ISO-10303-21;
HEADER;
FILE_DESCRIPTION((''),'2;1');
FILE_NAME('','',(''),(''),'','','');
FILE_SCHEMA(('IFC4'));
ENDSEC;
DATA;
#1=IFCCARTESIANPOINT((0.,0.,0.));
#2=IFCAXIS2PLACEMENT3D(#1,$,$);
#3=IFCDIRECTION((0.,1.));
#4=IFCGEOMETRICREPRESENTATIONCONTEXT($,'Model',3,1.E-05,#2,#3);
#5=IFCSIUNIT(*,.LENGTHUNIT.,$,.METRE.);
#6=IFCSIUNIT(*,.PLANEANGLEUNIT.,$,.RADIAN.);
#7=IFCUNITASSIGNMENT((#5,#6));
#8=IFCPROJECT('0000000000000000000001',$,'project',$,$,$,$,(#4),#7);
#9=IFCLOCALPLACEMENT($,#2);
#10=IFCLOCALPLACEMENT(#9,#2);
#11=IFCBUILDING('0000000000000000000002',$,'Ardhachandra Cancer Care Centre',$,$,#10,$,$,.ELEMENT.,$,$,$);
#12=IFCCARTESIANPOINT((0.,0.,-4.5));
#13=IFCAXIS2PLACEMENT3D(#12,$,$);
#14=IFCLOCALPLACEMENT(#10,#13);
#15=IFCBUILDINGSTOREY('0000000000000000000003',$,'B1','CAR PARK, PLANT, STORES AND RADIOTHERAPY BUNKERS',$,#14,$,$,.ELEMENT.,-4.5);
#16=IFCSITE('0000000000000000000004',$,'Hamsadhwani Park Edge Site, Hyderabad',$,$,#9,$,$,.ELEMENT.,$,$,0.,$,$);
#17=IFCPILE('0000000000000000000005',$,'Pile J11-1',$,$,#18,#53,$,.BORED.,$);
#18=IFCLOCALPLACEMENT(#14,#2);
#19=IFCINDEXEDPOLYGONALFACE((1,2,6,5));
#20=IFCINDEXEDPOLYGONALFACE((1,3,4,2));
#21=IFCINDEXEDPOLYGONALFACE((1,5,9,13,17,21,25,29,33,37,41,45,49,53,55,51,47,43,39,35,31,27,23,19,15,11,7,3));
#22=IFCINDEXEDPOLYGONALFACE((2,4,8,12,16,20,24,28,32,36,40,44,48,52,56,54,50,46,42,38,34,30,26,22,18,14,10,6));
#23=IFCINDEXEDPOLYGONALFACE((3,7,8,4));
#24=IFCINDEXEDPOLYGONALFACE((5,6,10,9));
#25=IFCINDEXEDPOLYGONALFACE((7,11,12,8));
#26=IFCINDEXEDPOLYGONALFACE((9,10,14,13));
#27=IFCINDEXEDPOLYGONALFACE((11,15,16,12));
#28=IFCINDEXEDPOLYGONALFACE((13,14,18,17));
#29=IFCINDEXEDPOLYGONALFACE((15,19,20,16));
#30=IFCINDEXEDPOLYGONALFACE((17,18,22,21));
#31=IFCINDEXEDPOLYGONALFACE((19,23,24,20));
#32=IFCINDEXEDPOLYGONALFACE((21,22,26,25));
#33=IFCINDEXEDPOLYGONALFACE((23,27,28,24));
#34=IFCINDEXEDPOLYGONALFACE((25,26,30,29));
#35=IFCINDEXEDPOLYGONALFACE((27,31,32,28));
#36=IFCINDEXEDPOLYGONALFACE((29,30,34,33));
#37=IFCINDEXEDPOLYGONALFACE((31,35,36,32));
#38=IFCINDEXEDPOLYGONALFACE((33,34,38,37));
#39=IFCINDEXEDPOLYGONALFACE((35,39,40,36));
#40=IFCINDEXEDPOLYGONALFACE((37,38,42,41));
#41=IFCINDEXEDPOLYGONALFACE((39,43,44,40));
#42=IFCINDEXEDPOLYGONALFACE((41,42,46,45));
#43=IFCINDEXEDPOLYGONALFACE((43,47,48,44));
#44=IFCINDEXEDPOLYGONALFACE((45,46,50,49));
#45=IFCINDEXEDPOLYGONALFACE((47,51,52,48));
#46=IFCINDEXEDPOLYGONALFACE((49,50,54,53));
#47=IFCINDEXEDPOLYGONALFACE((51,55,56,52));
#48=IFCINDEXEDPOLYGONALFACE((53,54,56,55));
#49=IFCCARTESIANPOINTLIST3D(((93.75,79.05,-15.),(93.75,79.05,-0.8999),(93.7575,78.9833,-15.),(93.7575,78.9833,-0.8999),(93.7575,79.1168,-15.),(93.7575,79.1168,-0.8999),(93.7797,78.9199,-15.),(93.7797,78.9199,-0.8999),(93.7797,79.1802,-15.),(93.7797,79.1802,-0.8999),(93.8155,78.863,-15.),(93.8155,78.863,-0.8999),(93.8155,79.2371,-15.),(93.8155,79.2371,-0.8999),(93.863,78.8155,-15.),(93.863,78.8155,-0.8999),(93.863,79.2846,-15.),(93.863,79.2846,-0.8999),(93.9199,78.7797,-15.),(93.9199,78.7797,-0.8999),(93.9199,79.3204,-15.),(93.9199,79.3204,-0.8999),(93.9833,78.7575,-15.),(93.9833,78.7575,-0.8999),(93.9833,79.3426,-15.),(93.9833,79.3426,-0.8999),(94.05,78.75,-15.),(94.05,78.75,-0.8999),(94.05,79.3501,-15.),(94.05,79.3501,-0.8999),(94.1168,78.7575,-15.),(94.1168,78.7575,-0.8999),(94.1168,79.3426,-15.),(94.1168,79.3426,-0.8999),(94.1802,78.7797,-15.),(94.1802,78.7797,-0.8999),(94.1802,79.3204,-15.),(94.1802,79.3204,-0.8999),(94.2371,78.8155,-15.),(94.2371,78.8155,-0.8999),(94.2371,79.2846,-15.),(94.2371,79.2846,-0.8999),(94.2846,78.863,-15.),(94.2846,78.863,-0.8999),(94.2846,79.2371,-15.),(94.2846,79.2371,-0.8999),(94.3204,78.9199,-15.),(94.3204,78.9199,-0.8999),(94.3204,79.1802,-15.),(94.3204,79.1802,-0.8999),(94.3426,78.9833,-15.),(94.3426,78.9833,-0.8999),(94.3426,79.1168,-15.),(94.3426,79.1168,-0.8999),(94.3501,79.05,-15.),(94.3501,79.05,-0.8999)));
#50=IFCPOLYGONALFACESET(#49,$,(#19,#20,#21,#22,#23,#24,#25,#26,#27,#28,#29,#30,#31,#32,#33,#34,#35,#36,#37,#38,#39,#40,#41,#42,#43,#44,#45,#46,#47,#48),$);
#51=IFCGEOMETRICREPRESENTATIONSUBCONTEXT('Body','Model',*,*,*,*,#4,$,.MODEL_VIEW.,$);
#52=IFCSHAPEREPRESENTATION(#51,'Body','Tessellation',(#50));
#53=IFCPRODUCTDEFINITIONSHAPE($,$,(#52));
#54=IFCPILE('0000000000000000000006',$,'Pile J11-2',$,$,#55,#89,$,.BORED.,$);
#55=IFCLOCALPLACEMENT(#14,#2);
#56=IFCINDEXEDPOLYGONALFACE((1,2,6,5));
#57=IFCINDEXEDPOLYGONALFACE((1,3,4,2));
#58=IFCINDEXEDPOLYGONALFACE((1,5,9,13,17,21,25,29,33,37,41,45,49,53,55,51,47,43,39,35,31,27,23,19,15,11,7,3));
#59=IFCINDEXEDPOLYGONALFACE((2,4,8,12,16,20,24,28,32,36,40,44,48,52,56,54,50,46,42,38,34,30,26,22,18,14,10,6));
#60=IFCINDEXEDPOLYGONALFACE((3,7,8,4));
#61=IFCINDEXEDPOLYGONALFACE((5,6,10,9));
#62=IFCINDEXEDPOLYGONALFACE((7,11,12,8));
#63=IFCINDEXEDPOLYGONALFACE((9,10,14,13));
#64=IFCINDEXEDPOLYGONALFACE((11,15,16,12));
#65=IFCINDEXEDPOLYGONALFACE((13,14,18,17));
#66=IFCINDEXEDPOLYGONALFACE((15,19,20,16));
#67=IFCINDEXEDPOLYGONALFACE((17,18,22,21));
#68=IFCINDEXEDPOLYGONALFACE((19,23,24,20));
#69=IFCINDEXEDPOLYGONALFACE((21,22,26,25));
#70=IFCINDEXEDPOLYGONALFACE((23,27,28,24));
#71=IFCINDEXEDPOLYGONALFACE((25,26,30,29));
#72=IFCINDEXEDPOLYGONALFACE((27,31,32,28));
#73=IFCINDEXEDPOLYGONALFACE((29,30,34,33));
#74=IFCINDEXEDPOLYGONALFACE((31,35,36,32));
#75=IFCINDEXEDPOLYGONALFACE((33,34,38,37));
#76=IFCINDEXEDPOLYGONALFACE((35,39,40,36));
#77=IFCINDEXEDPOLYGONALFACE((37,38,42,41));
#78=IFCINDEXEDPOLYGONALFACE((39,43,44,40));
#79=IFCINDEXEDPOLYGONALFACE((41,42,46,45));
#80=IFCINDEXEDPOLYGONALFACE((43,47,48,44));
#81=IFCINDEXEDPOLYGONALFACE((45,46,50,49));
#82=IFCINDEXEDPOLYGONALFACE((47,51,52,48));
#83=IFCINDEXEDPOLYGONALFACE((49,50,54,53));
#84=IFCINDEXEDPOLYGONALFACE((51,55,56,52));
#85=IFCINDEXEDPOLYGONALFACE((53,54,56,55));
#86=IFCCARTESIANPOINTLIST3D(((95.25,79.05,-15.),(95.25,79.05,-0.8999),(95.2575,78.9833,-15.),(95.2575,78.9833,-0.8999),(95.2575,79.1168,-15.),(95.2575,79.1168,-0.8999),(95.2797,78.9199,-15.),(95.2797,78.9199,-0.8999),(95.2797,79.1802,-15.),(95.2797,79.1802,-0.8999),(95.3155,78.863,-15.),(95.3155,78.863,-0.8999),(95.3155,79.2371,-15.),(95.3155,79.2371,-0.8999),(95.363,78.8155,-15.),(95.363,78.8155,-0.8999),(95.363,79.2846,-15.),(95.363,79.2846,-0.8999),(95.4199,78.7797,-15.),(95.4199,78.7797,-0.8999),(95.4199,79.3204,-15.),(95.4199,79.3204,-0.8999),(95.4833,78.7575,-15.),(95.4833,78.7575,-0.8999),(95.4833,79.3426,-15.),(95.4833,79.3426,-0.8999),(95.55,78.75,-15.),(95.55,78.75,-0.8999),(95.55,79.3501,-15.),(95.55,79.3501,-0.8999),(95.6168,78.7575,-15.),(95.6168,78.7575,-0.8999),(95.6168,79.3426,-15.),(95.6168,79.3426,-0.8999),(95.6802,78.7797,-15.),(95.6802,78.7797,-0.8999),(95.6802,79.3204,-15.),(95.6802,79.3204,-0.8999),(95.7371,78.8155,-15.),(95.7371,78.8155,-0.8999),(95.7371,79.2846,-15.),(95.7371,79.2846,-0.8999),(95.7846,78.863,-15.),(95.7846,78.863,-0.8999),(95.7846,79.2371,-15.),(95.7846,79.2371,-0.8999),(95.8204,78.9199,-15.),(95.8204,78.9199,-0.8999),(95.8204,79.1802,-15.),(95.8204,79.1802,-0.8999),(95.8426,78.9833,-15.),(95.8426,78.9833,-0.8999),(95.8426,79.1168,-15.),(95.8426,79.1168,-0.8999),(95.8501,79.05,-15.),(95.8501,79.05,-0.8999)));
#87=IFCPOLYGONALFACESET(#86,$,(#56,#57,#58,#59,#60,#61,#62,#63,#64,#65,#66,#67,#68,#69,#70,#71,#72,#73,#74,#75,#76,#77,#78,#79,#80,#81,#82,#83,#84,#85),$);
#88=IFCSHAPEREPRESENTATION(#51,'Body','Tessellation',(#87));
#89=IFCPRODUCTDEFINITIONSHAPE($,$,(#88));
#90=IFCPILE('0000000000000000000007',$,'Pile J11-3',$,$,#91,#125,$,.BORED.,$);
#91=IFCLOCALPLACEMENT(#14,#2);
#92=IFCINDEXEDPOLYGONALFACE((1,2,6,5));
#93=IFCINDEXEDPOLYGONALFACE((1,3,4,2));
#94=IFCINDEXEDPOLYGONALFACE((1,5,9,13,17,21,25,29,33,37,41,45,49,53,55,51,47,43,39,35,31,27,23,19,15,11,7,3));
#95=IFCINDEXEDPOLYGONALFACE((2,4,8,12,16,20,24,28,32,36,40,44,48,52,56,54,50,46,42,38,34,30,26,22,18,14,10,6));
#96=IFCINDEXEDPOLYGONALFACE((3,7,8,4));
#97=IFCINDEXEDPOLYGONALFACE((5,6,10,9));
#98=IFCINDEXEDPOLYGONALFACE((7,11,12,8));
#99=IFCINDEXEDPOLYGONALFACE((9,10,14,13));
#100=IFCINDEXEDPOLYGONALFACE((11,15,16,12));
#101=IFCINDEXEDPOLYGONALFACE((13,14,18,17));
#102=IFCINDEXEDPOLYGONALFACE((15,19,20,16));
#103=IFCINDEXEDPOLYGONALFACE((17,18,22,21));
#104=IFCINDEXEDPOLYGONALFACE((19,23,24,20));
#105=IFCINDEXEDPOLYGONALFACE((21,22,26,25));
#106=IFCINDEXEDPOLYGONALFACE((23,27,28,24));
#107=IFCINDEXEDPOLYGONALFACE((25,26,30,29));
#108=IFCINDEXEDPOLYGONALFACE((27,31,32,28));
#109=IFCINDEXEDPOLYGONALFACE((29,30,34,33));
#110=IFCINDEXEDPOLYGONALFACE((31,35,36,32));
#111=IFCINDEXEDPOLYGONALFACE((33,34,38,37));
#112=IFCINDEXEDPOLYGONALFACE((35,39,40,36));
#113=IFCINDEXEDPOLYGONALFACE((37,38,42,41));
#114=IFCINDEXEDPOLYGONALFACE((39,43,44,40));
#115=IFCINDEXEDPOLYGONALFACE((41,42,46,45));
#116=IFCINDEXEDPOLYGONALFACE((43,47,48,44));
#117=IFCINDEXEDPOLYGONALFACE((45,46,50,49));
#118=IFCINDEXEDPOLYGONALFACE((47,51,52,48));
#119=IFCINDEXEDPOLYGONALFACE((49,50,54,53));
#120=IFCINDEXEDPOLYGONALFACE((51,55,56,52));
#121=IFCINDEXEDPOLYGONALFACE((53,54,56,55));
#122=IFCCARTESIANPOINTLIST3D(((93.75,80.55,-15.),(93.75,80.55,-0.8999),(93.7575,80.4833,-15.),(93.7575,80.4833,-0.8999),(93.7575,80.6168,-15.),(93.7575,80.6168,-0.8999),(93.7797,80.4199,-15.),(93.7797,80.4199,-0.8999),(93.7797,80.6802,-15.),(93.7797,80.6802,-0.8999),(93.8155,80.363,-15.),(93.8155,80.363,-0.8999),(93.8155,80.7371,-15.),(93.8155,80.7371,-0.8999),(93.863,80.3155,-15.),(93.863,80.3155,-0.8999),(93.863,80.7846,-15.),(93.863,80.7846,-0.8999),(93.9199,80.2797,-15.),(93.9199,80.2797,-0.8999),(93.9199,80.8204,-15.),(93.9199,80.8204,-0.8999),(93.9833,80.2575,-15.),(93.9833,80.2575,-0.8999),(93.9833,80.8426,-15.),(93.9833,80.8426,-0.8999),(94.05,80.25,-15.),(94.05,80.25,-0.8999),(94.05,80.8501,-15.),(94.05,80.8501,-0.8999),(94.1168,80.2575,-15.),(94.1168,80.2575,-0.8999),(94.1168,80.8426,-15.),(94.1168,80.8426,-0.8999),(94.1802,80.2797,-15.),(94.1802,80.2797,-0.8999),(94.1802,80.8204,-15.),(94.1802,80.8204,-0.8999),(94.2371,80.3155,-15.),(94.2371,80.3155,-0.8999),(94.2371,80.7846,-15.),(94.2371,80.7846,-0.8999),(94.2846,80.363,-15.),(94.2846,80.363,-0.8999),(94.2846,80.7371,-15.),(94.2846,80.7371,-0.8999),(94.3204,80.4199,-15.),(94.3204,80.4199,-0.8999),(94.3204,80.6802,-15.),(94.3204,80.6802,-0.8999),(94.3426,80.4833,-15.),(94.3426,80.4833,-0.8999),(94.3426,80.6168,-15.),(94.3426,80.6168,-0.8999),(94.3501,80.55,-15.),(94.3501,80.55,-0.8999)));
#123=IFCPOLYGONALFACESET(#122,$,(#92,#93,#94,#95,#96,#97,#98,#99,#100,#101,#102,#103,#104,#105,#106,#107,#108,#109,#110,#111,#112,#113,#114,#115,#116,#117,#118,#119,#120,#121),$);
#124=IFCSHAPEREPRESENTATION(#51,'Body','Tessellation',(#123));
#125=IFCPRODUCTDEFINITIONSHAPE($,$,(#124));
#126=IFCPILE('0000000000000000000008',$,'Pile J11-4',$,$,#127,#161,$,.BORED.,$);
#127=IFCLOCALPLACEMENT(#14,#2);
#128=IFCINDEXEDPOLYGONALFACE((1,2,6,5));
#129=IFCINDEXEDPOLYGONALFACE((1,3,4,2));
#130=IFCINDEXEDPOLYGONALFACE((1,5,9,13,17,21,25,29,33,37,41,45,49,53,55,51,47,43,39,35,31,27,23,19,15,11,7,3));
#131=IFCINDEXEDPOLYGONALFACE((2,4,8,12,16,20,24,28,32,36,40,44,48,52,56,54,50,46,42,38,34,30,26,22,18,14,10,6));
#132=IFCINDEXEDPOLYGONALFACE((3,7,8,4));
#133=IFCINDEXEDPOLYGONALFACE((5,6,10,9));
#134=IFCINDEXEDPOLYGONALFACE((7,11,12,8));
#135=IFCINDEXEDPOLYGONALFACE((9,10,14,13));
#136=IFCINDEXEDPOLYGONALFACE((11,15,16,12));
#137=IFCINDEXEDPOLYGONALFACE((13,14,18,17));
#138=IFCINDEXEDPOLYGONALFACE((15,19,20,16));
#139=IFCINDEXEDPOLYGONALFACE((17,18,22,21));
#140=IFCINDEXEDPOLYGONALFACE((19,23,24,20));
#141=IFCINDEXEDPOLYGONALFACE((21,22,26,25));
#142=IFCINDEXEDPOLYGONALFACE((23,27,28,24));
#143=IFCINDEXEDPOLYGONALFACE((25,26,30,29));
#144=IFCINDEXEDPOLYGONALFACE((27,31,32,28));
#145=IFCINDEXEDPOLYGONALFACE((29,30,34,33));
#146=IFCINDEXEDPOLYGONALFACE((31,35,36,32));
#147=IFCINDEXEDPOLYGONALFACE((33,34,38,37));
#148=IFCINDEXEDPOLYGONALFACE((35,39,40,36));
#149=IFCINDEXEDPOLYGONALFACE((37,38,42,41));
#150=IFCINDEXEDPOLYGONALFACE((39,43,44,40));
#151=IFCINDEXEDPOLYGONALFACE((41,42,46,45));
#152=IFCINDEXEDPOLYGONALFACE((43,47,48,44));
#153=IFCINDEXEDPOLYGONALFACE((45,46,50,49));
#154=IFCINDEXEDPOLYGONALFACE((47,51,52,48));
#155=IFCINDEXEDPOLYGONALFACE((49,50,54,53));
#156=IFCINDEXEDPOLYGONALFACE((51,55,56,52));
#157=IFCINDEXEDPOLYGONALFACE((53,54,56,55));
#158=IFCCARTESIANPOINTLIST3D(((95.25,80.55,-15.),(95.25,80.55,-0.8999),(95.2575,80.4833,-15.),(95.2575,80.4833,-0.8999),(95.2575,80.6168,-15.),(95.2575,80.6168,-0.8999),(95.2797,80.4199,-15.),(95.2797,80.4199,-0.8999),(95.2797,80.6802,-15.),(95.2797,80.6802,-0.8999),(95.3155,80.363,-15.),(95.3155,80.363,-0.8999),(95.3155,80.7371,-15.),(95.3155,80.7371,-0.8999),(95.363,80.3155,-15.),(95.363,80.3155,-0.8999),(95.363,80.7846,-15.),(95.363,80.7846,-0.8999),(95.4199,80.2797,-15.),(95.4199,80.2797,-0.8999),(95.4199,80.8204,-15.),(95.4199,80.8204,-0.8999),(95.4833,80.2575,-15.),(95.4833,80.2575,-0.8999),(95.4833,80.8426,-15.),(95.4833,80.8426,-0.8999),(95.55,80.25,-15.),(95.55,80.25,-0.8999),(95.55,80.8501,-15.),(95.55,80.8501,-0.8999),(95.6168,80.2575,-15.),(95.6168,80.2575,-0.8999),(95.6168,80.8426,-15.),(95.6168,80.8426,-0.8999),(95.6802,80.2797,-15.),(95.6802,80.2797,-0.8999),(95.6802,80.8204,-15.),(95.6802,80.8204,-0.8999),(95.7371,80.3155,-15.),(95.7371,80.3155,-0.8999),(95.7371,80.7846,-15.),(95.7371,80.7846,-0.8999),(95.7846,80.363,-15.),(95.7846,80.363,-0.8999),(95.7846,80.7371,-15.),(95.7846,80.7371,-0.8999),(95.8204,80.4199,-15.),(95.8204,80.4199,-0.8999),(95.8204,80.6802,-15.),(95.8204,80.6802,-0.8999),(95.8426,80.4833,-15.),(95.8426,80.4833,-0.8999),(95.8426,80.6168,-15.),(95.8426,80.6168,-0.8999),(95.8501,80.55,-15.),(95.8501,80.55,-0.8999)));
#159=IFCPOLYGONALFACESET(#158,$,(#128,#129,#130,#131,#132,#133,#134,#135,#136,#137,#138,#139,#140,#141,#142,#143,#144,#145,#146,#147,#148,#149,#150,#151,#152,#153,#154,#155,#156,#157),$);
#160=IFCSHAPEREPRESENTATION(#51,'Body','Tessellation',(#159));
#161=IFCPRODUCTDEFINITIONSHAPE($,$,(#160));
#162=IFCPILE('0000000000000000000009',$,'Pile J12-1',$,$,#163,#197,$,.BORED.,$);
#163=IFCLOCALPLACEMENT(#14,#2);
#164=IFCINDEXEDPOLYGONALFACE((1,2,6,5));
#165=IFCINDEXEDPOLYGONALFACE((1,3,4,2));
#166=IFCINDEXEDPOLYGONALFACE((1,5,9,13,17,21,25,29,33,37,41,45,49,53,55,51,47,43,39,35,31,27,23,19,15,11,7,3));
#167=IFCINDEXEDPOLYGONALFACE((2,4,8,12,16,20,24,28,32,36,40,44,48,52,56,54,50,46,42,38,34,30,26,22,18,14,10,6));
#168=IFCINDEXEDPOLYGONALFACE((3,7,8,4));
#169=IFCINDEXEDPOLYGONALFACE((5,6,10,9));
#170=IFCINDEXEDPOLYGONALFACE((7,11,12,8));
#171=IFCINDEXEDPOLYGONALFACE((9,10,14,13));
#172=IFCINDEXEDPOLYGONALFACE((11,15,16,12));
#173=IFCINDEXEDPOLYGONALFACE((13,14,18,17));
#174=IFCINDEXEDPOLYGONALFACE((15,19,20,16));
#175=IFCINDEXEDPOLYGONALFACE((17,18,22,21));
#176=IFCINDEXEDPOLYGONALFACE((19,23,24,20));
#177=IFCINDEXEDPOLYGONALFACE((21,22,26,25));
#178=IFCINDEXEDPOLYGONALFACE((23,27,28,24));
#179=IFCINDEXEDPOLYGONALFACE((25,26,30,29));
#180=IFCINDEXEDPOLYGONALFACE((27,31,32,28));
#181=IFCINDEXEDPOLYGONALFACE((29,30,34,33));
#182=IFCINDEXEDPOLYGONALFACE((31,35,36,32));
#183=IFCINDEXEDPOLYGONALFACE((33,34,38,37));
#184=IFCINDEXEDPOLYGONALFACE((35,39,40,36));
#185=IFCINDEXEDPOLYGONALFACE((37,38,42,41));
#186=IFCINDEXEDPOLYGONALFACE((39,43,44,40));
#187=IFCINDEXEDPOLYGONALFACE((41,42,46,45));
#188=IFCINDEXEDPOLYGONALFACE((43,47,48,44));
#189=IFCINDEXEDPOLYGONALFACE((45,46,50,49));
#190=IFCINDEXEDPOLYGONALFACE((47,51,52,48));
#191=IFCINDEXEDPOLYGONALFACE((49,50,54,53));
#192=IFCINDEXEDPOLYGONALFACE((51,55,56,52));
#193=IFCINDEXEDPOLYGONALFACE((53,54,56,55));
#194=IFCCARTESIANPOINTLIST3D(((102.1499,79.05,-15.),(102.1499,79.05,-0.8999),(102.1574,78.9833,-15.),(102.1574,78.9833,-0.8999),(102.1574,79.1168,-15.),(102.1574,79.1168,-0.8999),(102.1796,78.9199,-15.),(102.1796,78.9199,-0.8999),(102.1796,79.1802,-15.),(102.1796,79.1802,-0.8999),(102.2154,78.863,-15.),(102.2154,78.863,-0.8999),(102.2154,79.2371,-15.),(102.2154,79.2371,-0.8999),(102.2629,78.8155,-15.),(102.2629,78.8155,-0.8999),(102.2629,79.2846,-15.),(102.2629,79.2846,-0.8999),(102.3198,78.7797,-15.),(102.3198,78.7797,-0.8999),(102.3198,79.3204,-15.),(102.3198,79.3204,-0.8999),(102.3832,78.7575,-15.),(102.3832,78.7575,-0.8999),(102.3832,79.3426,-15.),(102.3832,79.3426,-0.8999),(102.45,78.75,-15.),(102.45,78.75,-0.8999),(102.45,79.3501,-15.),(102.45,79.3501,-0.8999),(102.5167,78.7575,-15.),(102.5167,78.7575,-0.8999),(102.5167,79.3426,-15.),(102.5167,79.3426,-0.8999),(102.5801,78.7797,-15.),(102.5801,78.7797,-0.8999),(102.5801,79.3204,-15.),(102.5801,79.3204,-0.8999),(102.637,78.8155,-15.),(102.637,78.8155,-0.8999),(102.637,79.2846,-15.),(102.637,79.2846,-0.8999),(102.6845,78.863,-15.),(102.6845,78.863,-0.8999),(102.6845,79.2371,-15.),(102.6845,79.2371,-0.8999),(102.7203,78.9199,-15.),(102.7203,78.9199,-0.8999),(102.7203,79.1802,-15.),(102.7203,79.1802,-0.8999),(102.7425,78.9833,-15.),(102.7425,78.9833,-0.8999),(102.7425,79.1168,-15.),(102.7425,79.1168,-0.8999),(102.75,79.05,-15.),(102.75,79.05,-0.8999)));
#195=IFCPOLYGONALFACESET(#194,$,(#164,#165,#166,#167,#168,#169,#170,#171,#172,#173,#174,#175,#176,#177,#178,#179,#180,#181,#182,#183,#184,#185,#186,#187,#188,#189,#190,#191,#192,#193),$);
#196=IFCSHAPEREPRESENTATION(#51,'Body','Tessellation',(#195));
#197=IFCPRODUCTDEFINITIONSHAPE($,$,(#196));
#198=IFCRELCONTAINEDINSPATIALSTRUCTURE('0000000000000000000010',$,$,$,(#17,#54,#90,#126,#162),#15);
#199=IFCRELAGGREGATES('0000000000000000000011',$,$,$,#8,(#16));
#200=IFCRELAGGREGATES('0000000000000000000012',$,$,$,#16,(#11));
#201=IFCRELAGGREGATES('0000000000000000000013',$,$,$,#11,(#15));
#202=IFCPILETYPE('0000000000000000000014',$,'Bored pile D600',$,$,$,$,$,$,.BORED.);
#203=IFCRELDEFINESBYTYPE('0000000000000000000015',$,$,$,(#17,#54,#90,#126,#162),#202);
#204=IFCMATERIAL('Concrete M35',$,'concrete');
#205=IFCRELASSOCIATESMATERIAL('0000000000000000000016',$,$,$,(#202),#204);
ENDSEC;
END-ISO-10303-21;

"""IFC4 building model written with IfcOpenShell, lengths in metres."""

from ifc_helpers import new_model, si_unit, direction, frame, origin, origin_2d, place, context, subcontext, project, spatial, circle, extrude, material, material_profile, profile_set, type_object, element, save


model = new_model("IFC4")

# Units and contexts
model_context = context("Model", 3, precision=1e-05, world=origin(), true_north=direction((0.0, 1.0)))
body_context = subcontext(model_context, "Body", "Model", "MODEL_VIEW")
ifc_project = project(units=[si_unit("LENGTHUNIT", "METRE"), si_unit("PLANEANGLEUNIT", "RADIAN")], contexts=[model_context])

# Site, building, storey
site_placement = place(None, origin())
site = spatial("IfcSite", under=ifc_project, at=site_placement, Name="Hamsadhwani Park Edge Site, Hyderabad", CompositionType="ELEMENT", RefElevation=0.0)
building_placement = place(site_placement, origin())
building = spatial("IfcBuilding", under=site, at=building_placement, Name="Ardhachandra Cancer Care Centre", CompositionType="ELEMENT")
storey_placement = place(building_placement, frame((0.0, 0.0, -4.5)))
storey = spatial("IfcBuildingStorey", under=building, at=storey_placement, Name="B1", Description="CAR PARK, PLANT, STORES AND RADIOTHERAPY BUNKERS", CompositionType="ELEMENT", Elevation=-4.5)

# Piles
ifc_material_1 = material(Name="Concrete M35", Category="concrete")
ifc_material_profile_1 = material_profile(ifc_material_1, circle(Radius=0.3, at=origin_2d()), Name="D600")
ifc_profile_set_1 = profile_set([ifc_material_profile_1], Name="Concrete M35")
pile_type = type_object("IfcPileType", Name="Bored pile D600", PredefinedType="BORED", material=ifc_profile_set_1)
for number, where, z_axis, x_axis, name in (
    (1, (94.05, 79.05, -0.8999), (0.0, 0.0, -1.0), (1.0, 0.0, 0.0), "Pile J11-1"),
    (2, (95.55, 79.05, -0.8999), (0.0, 0.0, -1.0), (1.0, 0.0, 0.0), "Pile J11-2"),
    (3, (94.05, 80.55, -0.8999), (0.0, 0.0, -1.0), (1.0, 0.0, 0.0), "Pile J11-3"),
    (4, (95.55, 80.55, -0.8999), (0.0, 0.0, -1.0), (1.0, 0.0, 0.0), "Pile J11-4"),
    (5, (102.45, 79.05, -0.8999), (0.0, 0.0, -1.0), (1.0, 0.0, 0.0), "Pile J12-1"),
):
    element("IfcPile", number, at=place(storey_placement, frame(where, z_axis=z_axis, x_axis=x_axis)), inside=storey, type_object=pile_type, Name=name, PredefinedType="BORED", context=body_context, shape_type="SweptSolid", body=[
        extrude(circle(Radius=0.3, at=origin_2d()), origin(), (0.0, 0.0, 1.0), 14.1001),
    ])

save(model, "model.ifc")
